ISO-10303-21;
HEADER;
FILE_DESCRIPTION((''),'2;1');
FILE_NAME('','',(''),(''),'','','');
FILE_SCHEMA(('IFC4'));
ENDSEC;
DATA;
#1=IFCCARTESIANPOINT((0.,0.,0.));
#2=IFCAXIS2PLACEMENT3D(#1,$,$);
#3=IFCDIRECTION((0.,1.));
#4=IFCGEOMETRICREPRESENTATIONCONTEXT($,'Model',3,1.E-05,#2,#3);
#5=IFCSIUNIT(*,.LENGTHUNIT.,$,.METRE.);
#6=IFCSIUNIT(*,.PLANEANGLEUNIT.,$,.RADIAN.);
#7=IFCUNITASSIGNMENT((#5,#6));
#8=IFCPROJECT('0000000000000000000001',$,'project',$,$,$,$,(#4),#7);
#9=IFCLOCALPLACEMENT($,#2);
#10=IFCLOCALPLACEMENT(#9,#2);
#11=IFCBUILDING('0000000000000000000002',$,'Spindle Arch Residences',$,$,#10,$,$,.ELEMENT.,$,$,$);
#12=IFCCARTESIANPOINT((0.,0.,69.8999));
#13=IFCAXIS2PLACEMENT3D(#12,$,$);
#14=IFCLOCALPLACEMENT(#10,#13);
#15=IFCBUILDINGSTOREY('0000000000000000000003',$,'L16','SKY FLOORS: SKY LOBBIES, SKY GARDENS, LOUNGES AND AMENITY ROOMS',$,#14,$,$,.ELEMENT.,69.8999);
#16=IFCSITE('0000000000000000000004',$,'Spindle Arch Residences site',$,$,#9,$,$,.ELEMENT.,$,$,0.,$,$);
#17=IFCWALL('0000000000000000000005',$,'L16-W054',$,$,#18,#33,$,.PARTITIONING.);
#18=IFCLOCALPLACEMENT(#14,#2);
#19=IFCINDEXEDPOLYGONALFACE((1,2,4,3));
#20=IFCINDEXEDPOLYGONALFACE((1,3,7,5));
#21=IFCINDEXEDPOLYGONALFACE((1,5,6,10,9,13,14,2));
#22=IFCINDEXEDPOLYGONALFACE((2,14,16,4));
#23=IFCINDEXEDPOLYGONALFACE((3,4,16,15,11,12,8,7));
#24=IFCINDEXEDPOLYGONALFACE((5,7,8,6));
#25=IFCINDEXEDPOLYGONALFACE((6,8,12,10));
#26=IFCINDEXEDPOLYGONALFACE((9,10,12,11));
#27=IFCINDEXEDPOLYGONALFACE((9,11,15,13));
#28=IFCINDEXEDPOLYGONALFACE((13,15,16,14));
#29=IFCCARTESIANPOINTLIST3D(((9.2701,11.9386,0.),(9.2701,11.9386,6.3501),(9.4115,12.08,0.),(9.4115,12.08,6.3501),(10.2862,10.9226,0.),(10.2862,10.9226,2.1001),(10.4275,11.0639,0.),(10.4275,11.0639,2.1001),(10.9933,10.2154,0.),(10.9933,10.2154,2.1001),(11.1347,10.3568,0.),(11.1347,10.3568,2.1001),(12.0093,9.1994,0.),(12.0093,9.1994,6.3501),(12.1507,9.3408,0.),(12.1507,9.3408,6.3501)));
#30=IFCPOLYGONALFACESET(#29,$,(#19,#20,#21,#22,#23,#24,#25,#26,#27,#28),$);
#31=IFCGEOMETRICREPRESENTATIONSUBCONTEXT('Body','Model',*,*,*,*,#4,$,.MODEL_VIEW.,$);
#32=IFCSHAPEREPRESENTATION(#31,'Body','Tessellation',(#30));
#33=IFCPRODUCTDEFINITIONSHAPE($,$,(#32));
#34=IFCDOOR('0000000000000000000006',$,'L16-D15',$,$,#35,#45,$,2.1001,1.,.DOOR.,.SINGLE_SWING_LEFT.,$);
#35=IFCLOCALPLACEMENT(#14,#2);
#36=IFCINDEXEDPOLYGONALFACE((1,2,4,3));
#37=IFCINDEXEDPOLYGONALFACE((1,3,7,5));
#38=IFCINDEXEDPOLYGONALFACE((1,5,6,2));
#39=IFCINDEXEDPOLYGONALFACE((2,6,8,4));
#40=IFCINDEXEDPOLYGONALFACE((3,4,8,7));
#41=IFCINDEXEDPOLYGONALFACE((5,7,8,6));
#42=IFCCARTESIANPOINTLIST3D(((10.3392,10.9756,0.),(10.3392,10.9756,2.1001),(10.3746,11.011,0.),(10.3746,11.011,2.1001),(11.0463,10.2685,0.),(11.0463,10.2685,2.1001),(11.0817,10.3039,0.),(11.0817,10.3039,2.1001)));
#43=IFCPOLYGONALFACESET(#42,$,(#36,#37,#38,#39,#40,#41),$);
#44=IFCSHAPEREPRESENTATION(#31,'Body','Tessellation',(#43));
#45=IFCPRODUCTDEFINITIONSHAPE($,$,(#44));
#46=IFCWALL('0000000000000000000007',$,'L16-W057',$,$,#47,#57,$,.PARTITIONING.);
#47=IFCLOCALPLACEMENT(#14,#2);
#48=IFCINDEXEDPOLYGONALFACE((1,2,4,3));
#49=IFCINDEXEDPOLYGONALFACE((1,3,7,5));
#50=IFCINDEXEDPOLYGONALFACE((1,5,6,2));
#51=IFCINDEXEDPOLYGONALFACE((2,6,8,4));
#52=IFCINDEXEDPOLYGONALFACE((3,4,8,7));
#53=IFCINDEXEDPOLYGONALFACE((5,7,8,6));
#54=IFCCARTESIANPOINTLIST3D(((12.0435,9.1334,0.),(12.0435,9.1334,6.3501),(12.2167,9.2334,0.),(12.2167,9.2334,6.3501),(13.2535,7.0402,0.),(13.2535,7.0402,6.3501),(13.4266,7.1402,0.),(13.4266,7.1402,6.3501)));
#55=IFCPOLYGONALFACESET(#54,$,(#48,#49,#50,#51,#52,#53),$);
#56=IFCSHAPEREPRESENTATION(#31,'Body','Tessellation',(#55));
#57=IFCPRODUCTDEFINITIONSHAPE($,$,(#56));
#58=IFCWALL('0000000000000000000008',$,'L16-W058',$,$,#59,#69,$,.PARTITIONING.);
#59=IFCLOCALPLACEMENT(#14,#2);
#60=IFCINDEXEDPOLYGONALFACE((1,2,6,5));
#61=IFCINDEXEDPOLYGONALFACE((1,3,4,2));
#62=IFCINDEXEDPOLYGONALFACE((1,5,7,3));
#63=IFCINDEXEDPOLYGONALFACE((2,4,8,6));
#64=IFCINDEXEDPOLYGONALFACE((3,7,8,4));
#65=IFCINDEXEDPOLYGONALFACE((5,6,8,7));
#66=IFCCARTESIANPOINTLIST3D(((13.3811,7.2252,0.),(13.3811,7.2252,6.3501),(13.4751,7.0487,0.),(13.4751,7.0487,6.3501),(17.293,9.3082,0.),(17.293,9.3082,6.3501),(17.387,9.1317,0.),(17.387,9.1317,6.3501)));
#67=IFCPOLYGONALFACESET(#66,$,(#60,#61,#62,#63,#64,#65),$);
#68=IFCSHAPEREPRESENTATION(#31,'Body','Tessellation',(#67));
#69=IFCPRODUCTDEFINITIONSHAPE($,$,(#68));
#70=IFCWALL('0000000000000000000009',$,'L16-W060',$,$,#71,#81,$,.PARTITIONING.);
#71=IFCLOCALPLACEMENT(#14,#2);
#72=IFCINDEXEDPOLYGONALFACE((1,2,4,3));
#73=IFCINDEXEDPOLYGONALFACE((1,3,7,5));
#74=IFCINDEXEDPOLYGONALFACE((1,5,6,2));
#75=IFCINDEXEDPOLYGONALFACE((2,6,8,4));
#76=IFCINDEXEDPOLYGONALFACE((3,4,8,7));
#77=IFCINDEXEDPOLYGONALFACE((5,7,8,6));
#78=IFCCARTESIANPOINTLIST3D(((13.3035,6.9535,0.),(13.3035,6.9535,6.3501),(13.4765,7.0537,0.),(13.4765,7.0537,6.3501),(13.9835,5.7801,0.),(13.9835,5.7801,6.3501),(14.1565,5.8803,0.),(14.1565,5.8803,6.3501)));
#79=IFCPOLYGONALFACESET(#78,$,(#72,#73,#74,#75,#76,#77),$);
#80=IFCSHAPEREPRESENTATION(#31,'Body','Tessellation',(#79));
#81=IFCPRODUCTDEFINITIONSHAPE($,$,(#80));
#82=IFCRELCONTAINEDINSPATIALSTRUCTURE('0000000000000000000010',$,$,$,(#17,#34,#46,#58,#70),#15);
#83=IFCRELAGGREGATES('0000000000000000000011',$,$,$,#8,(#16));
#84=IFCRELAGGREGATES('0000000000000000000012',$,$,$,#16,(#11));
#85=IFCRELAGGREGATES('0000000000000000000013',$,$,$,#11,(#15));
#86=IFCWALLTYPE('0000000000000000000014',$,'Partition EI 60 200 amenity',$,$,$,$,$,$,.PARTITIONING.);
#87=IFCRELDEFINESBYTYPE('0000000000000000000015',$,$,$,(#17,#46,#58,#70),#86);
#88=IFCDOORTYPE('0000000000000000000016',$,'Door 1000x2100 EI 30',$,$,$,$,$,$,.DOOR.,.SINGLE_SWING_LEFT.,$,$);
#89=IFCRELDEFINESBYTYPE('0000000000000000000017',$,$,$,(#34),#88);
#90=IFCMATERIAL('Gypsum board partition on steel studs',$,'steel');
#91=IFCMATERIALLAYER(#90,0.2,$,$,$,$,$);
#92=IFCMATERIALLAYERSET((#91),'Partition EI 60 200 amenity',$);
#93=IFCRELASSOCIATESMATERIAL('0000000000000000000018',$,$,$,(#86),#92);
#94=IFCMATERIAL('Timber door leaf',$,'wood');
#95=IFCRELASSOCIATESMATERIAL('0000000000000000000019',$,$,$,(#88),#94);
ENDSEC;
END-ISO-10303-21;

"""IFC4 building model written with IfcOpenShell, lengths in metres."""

from ifc_helpers import new_model, si_unit, direction, frame, frame_2d, origin, place, context, subcontext, project, spatial, rectangle, extrude, material, layer, layer_set, type_object, element, fill, save


model = new_model("IFC4")

# Units and contexts
model_context = context("Model", 3, precision=1e-05, world=origin(), true_north=direction((0.0, 1.0)))
body_context = subcontext(model_context, "Body", "Model", "MODEL_VIEW")
ifc_project = project(units=[si_unit("LENGTHUNIT", "METRE"), si_unit("PLANEANGLEUNIT", "RADIAN")], contexts=[model_context])

# Site, building, storey
site_placement = place(None, origin())
site = spatial("IfcSite", under=ifc_project, at=site_placement, Name="Spindle Arch Residences site", CompositionType="ELEMENT", RefElevation=0.0)
building_placement = place(site_placement, origin())
building = spatial("IfcBuilding", under=site, at=building_placement, Name="Spindle Arch Residences", CompositionType="ELEMENT")
storey_placement = place(building_placement, frame((0.0, 0.0, 69.8999)))
storey = spatial("IfcBuildingStorey", under=building, at=storey_placement, Name="L16", Description="SKY FLOORS: SKY LOBBIES, SKY GARDENS, LOUNGES AND AMENITY ROOMS", CompositionType="ELEMENT", Elevation=69.8999)

# Wall, opening, door
ifc_material_1 = material(Name="Gypsum board partition on steel studs", Category="steel")
ifc_layer_1 = layer(ifc_material_1, 0.2)
ifc_layer_set_1 = layer_set([ifc_layer_1], Name="Partition EI 60 200 amenity")
wall_type = type_object("IfcWallType", Name="Partition EI 60 200 amenity", PredefinedType="PARTITIONING", material=ifc_layer_set_1)
wall_1_placement = place(storey_placement, frame((12.0801, 9.27, 0.0), z_axis=(0.0, 0.0, 1.0), x_axis=(-0.707107, 0.707107, 0.0)))
wall_1 = element("IfcWall", 1, at=wall_1_placement, inside=storey, type_object=wall_type, Name="L16-W054", PredefinedType="PARTITIONING", context=body_context, shape_type="SweptSolid", body=[
    extrude(rectangle(XDim=3.8738, YDim=0.2, at=frame_2d((1.937, 0.0))), origin(), (0.0, 0.0, 1.0), 6.3501),
])
opening_placement = place(wall_1_placement, frame((1.437, 0.0, 0.0)))
opening = element("IfcOpeningElement", 2, at=opening_placement, cuts=wall_1, PredefinedType="OPENING", context=body_context, shape_type="SweptSolid", body=[
    extrude(rectangle(XDim=1.0, YDim=2.1001, at=frame_2d((0.5, 1.05))), frame((0.0, 0.1099, 0.0), z_axis=(0.0, -1.0, 0.0), x_axis=(1.0, 0.0, 0.0)), (0.0, 0.0, 1.0), 0.22),
])
ifc_material_2 = material(Name="Timber door leaf", Category="wood")
door_type = type_object("IfcDoorType", Name="Door 1000x2100 EI 30", OperationType="SINGLE_SWING_LEFT", PredefinedType="DOOR", material=ifc_material_2)
door_placement = place(opening_placement, origin())
door = element("IfcDoor", 3, at=door_placement, inside=storey, type_object=door_type, Name="L16-D15", OperationType="SINGLE_SWING_LEFT", OverallHeight=2.1001, OverallWidth=1.0, PredefinedType="DOOR", context=body_context, shape_type="SweptSolid", body=[
    extrude(rectangle(XDim=1.0, YDim=2.1001, at=frame_2d((0.5, 1.05))), frame((0.0, 0.0249, 0.0), z_axis=(0.0, -1.0, 0.0), x_axis=(1.0, 0.0, 0.0)), (0.0, 0.0, 1.0), 0.05),
])
fill(opening, door)

# Walls
wall_2_placement = place(storey_placement, frame((13.3401, 7.0901, 0.0), z_axis=(0.0, 0.0, 1.0), x_axis=(-0.500439, 0.865772, 0.0)))
element("IfcWall", 4, at=wall_2_placement, inside=storey, type_object=wall_type, Name="L16-W057", PredefinedType="PARTITIONING", context=body_context, shape_type="SweptSolid", body=[
    extrude(rectangle(XDim=2.4177, YDim=0.2, at=frame_2d((1.209, 0.0))), origin(), (0.0, 0.0, 1.0), 6.3501),
])
wall_3_placement = place(storey_placement, frame((13.4282, 7.137, 0.0), z_axis=(0.0, 0.0, 1.0), x_axis=(0.882664, 0.470005, 0.0)))
element("IfcWall", 5, at=wall_3_placement, inside=storey, type_object=wall_type, Name="L16-W058", PredefinedType="PARTITIONING", context=body_context, shape_type="SweptSolid", body=[
    extrude(rectangle(XDim=4.4319, YDim=0.2, at=frame_2d((2.2158, 0.0))), origin(), (0.0, 0.0, 1.0), 6.3501),
])
wall_4_placement = place(storey_placement, frame((14.0701, 5.8301, 0.0), z_axis=(0.0, 0.0, 1.0), x_axis=(-0.501384, 0.865225, 0.0)))
element("IfcWall", 6, at=wall_4_placement, inside=storey, type_object=wall_type, Name="L16-W060", PredefinedType="PARTITIONING", context=body_context, shape_type="SweptSolid", body=[
    extrude(rectangle(XDim=1.3562, YDim=0.2, at=frame_2d((0.6782, 0.0))), origin(), (0.0, 0.0, 1.0), 6.3501),
])

save(model, "model.ifc")
